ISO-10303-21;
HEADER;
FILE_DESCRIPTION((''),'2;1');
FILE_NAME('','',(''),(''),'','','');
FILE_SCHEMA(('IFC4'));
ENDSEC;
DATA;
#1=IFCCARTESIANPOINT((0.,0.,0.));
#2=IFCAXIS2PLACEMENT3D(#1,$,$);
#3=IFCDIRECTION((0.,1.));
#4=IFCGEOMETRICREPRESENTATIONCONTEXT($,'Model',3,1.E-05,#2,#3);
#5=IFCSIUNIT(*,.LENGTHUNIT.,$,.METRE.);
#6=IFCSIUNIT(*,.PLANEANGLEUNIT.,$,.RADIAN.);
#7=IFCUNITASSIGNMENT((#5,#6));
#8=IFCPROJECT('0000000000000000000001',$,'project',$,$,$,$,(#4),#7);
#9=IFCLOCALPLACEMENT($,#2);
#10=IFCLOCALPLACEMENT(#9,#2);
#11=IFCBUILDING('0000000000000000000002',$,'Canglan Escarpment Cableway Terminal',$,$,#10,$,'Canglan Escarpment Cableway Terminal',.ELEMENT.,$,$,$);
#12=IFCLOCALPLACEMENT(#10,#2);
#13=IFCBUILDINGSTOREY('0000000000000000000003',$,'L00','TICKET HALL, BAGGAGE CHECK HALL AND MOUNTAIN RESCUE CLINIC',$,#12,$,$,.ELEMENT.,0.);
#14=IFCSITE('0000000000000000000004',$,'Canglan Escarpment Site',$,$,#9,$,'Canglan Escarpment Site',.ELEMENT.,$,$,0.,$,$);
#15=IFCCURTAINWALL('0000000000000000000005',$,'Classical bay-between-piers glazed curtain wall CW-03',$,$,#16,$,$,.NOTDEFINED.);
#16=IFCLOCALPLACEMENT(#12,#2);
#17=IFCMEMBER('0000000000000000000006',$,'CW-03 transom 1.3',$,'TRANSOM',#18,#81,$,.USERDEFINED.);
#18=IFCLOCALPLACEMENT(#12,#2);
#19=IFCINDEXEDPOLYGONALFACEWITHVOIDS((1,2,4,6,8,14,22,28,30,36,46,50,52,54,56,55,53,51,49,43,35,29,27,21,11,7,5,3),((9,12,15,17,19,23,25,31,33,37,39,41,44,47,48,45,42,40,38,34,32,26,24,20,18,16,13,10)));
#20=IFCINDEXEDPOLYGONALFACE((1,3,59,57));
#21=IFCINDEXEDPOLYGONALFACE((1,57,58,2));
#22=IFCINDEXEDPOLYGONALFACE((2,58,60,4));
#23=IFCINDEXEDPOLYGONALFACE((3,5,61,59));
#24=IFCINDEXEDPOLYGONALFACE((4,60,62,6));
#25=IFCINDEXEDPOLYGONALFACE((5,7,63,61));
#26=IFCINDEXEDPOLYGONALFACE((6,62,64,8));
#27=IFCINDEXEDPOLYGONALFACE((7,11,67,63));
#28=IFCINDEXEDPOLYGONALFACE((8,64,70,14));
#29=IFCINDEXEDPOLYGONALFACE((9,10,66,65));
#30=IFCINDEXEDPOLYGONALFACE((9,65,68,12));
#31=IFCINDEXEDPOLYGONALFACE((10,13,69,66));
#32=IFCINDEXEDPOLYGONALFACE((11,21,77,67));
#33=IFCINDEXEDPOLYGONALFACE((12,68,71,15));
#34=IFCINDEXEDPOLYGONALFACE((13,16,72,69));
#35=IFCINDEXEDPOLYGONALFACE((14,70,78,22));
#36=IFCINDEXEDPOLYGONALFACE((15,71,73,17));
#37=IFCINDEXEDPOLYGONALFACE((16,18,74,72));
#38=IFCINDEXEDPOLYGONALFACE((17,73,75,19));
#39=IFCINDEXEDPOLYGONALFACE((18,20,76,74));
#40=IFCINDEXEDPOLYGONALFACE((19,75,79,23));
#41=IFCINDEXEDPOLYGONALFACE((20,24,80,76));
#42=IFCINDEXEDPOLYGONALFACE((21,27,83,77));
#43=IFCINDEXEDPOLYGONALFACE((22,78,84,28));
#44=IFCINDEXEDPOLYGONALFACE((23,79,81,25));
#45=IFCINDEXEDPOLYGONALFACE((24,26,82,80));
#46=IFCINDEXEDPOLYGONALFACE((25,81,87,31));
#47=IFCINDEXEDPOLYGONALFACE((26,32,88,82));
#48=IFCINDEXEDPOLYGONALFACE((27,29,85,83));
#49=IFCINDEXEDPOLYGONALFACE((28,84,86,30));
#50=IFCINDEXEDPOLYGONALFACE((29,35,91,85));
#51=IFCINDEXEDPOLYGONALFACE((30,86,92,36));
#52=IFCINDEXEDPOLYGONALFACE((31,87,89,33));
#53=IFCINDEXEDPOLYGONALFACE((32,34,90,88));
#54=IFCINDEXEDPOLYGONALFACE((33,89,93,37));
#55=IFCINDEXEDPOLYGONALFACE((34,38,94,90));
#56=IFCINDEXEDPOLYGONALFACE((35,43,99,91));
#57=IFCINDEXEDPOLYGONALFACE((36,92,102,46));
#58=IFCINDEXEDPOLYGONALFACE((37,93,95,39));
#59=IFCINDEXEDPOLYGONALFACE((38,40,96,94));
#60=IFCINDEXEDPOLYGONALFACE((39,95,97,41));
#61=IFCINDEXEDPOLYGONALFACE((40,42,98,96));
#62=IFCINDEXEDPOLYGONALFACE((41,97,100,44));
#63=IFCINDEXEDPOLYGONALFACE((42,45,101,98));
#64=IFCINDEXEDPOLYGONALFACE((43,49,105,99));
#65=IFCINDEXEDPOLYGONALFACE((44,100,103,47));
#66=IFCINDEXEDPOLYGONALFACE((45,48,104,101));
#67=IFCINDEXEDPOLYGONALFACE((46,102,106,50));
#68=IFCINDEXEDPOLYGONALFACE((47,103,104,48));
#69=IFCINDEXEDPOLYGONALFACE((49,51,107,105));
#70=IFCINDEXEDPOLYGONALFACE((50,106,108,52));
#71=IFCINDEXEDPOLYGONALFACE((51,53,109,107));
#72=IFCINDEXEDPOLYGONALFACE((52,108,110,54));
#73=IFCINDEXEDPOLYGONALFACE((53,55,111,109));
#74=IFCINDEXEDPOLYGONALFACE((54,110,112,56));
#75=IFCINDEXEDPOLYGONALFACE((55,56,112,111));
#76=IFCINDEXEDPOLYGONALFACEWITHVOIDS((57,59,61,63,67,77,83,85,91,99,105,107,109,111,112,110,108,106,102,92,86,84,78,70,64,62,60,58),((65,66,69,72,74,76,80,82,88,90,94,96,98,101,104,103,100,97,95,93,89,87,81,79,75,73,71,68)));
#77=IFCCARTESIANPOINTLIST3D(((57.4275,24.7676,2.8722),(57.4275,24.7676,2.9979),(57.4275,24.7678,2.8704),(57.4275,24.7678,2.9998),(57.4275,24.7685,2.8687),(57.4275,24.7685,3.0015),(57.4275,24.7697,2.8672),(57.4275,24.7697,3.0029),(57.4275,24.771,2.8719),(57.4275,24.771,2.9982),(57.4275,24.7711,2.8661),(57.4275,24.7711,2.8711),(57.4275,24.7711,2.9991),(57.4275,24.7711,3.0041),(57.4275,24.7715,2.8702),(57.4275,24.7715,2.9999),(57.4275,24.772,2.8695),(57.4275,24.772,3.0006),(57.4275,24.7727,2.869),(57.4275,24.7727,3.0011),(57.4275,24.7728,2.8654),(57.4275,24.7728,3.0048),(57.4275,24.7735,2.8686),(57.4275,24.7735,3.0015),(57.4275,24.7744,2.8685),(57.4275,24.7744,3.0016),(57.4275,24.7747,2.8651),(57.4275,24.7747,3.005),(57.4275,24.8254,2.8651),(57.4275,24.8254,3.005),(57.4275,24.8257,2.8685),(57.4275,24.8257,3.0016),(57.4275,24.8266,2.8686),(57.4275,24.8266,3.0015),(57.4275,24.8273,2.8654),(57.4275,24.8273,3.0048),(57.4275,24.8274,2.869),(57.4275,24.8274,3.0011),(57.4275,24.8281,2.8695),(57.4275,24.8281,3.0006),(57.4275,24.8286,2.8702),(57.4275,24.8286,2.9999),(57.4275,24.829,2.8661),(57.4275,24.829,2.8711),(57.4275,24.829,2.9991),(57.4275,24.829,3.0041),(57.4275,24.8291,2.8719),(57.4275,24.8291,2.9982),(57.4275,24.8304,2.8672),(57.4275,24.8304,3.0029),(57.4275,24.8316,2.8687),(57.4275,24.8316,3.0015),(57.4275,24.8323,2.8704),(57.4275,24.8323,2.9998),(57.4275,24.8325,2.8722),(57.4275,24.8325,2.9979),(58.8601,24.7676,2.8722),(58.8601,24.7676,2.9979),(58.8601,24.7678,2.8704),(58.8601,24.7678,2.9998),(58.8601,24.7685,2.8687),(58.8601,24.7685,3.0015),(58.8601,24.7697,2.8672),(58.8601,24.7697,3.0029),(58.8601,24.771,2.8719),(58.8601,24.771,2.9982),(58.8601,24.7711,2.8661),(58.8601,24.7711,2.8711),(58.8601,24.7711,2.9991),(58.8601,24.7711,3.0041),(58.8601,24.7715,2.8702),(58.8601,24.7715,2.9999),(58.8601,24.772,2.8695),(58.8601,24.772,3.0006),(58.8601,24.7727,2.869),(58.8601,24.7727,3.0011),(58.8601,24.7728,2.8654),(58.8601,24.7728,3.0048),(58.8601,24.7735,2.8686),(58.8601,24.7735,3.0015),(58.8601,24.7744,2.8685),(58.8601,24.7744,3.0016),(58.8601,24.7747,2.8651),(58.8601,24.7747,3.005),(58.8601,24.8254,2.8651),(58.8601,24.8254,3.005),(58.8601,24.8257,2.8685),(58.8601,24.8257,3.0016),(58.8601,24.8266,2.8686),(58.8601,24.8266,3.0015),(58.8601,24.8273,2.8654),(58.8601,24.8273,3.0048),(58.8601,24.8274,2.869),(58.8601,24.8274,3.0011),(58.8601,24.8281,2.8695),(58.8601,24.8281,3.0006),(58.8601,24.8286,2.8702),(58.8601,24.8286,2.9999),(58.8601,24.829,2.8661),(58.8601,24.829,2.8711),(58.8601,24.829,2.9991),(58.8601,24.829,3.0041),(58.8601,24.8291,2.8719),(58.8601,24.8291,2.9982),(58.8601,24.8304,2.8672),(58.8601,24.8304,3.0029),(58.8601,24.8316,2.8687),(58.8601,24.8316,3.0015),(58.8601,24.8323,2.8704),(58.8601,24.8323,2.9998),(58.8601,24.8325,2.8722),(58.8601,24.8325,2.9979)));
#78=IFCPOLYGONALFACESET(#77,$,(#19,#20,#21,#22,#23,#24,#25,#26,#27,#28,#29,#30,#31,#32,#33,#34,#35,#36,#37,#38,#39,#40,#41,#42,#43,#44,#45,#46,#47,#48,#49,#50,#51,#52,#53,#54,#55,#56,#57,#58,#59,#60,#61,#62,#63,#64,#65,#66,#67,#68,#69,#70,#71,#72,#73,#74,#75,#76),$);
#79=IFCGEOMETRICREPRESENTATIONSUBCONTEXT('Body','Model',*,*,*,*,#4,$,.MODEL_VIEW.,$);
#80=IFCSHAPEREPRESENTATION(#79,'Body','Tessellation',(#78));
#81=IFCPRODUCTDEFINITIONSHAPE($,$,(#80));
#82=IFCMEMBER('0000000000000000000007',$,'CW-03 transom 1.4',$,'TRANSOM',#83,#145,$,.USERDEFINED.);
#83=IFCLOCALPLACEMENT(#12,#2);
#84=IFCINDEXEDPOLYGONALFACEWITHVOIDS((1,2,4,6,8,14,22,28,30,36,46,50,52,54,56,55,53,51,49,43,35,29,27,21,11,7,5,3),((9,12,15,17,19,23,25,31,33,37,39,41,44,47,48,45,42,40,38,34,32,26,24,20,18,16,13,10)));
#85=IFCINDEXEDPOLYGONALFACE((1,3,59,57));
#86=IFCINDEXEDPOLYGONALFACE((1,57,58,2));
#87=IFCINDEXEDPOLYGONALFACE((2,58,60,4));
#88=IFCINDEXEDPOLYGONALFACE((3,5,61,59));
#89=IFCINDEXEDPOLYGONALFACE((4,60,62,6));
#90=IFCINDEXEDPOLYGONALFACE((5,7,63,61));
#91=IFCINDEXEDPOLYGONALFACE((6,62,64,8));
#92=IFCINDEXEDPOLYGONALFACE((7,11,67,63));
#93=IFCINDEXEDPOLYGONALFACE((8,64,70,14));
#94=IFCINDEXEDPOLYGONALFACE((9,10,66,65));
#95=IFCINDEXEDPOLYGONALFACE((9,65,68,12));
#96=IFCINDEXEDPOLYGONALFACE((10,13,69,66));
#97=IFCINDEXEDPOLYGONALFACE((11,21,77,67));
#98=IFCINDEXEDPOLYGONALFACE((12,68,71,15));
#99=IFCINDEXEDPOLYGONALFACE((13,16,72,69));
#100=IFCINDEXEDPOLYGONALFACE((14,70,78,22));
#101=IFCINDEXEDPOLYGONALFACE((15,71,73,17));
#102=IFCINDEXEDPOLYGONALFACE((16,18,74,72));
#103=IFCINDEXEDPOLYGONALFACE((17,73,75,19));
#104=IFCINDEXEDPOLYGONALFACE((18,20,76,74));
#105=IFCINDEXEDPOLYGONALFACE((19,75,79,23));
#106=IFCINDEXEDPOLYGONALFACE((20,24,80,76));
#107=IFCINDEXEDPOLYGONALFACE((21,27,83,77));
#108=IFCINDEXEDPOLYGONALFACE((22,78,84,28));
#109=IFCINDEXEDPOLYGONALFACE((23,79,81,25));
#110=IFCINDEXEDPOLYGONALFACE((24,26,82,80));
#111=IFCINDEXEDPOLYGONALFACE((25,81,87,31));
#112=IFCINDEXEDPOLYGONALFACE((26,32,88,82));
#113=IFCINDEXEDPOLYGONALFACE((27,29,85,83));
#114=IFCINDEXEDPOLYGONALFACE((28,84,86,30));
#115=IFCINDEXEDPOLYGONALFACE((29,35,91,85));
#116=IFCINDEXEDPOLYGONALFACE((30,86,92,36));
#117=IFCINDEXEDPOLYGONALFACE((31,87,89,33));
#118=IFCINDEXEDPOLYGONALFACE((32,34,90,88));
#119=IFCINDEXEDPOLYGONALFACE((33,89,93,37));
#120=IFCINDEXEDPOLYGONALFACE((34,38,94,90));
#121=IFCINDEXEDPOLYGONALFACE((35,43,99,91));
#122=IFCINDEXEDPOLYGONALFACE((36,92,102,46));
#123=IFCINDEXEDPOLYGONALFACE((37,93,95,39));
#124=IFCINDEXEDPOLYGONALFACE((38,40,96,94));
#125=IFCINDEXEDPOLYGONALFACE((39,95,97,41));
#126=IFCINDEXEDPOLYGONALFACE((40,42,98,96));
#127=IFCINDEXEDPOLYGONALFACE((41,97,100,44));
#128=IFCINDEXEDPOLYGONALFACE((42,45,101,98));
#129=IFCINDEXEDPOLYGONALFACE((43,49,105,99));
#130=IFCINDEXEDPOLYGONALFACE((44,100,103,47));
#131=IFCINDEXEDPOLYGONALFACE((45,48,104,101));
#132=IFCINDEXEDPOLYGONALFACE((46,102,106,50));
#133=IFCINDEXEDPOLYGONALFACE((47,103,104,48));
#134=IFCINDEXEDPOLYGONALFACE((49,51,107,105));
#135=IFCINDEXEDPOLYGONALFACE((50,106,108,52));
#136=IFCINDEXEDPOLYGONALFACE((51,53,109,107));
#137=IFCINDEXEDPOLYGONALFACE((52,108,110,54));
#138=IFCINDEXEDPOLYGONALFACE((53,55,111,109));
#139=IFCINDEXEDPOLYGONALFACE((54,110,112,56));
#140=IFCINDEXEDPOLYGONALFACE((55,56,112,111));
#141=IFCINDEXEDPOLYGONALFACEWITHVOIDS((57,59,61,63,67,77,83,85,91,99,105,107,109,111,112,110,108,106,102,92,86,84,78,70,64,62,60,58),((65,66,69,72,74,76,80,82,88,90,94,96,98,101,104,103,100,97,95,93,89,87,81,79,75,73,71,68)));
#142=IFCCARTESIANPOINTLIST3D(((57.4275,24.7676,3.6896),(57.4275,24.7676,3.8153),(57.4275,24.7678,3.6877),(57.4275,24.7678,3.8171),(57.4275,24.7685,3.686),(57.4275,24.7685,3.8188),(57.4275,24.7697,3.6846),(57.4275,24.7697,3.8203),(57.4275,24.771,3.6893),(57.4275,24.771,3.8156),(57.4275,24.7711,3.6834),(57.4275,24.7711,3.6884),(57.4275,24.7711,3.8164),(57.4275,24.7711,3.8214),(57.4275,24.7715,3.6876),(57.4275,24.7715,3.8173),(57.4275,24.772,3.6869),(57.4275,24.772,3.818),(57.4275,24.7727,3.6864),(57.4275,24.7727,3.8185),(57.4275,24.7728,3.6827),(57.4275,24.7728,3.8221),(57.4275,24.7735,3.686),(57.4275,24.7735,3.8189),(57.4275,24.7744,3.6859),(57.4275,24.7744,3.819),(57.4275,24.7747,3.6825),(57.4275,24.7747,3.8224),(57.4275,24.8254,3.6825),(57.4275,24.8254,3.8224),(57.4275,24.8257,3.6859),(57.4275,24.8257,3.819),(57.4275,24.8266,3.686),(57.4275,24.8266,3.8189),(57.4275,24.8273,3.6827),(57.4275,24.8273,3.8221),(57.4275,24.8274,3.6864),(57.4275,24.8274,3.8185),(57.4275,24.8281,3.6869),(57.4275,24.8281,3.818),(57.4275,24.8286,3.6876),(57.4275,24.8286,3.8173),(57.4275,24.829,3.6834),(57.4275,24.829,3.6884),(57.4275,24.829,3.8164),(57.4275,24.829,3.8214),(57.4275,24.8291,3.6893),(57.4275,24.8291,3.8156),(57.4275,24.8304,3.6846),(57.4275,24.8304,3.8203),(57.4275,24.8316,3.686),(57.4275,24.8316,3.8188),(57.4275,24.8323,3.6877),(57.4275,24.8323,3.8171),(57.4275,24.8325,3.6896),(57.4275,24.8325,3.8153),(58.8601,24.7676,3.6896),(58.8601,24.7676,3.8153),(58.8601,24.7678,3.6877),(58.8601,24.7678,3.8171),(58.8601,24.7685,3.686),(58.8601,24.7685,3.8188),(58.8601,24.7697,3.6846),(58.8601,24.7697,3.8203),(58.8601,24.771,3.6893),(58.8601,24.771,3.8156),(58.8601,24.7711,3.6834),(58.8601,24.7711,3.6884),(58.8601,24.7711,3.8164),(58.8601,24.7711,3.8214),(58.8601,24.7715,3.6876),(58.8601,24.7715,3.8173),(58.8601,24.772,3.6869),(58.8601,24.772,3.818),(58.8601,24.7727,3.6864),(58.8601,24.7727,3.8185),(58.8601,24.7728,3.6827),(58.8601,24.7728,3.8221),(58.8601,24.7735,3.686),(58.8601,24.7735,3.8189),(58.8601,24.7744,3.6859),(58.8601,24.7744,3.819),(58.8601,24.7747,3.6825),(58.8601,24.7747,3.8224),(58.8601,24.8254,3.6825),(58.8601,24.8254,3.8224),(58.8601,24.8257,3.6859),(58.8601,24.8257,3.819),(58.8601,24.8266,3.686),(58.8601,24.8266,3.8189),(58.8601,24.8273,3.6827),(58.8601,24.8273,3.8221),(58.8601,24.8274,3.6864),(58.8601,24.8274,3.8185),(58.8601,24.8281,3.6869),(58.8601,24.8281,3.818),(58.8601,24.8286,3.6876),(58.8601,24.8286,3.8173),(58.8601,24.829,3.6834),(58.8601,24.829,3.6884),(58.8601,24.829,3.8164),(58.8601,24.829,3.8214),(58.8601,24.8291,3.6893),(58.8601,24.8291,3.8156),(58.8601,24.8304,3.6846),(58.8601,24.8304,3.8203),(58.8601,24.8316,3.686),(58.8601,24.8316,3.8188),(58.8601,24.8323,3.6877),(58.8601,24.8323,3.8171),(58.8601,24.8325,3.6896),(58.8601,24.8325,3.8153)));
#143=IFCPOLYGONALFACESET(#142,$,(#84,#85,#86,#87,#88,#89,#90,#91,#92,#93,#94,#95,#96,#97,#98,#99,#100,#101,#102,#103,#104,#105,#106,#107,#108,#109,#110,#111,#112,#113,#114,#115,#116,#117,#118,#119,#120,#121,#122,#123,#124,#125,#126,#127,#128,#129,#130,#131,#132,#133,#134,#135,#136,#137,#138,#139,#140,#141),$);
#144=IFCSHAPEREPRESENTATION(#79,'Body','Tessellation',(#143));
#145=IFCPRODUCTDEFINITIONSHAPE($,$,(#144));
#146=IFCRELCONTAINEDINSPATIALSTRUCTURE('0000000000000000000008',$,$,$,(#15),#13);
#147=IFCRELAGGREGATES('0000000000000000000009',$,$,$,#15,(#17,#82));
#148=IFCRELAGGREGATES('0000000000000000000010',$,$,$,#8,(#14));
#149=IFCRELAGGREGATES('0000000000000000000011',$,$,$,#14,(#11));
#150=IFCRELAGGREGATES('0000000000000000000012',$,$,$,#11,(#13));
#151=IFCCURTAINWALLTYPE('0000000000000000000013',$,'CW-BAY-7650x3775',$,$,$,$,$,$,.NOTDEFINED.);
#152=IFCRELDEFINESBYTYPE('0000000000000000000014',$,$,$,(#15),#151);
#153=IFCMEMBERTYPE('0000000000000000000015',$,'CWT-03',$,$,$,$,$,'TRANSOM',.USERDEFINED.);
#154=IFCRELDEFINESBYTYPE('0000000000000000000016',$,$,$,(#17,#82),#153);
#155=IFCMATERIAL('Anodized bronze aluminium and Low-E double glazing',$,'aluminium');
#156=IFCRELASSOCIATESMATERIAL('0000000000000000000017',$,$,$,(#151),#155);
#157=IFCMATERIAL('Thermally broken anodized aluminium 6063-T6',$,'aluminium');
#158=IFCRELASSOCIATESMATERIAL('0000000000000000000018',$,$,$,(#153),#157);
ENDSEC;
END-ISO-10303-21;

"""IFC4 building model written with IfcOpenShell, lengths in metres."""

from ifc_helpers import new_model, si_unit, direction, frame, origin, origin_2d, place, context, subcontext, project, spatial, hollow_rectangle, extrude, material, material_profile, profile_set, type_object, element, aggregate, save


model = new_model("IFC4")

# Units and contexts
model_context = context("Model", 3, precision=1e-05, world=origin(), true_north=direction((0.0, 1.0)))
body_context = subcontext(model_context, "Body", "Model", "MODEL_VIEW")
ifc_project = project(units=[si_unit("LENGTHUNIT", "METRE"), si_unit("PLANEANGLEUNIT", "RADIAN")], contexts=[model_context])

# Site, building, storey
site_placement = place(None, origin())
site = spatial("IfcSite", under=ifc_project, at=site_placement, Name="Canglan Escarpment Site", LongName="Canglan Escarpment Site", CompositionType="ELEMENT", RefElevation=0.0)
building_placement = place(site_placement, origin())
building = spatial("IfcBuilding", under=site, at=building_placement, Name="Canglan Escarpment Cableway Terminal", LongName="Canglan Escarpment Cableway Terminal", CompositionType="ELEMENT")
storey_placement = place(building_placement, origin())
storey = spatial("IfcBuildingStorey", under=building, at=storey_placement, Name="L00", Description="TICKET HALL, BAGGAGE CHECK HALL AND MOUNTAIN RESCUE CLINIC", CompositionType="ELEMENT", Elevation=0.0)

# Curtain wall, members
ifc_material_1 = material(Name="Anodized bronze aluminium and Low-E double glazing", Category="aluminium")
curtain_wall_type = type_object("IfcCurtainWallType", Name="CW-BAY-7650x3775", PredefinedType="NOTDEFINED", material=ifc_material_1)
curtain_wall_placement = place(storey_placement, origin())
curtain_wall = element("IfcCurtainWall", 1, at=curtain_wall_placement, inside=storey, type_object=curtain_wall_type, Name="Classical bay-between-piers glazed curtain wall CW-03", PredefinedType="NOTDEFINED")
ifc_material_2 = material(Name="Thermally broken anodized aluminium 6063-T6", Category="aluminium")
ifc_material_profile_1 = material_profile(ifc_material_2, hollow_rectangle(XDim=0.0649, YDim=0.1399, WallThickness=0.0034, InnerFilletRadius=0.0034, OuterFilletRadius=0.0071, at=origin_2d()), Name="ALU-TRAN 65x140x3.5")
ifc_profile_set_1 = profile_set([ifc_material_profile_1], Name="Thermally broken anodized aluminium 6063-T6")
member_type_1 = type_object("IfcMemberType", Name="CWT-03", ElementType="TRANSOM", PredefinedType="USERDEFINED", material=ifc_profile_set_1)
member_1_placement = place(storey_placement, frame((58.8601, 24.8, 2.9351), z_axis=(-1.0, 0.0, 0.0), x_axis=(0.0, -1.0, 0.0)))
member_1 = element("IfcMember", 2, at=member_1_placement, type_object=member_type_1, Name="CW-03 transom 1.3", ObjectType="TRANSOM", PredefinedType="USERDEFINED", context=body_context, shape_type="SweptSolid", body=[
    extrude(hollow_rectangle(XDim=0.0649, YDim=0.1399, WallThickness=0.0034, InnerFilletRadius=0.0034, OuterFilletRadius=0.0071, at=origin_2d()), origin(), (0.0, 0.0, 1.0), 1.4326),
])
member_2_placement = place(storey_placement, frame((58.8601, 24.8, 3.7524), z_axis=(-1.0, 0.0, 0.0), x_axis=(0.0, -1.0, 0.0)))
member_2 = element("IfcMember", 3, at=member_2_placement, type_object=member_type_1, Name="CW-03 transom 1.4", ObjectType="TRANSOM", PredefinedType="USERDEFINED", context=body_context, shape_type="SweptSolid", body=[
    extrude(hollow_rectangle(XDim=0.0649, YDim=0.1399, WallThickness=0.0034, InnerFilletRadius=0.0034, OuterFilletRadius=0.0071, at=origin_2d()), origin(), (0.0, 0.0, 1.0), 1.4326),
])

aggregate(curtain_wall, [member_1, member_2])

save(model, "model.ifc")
